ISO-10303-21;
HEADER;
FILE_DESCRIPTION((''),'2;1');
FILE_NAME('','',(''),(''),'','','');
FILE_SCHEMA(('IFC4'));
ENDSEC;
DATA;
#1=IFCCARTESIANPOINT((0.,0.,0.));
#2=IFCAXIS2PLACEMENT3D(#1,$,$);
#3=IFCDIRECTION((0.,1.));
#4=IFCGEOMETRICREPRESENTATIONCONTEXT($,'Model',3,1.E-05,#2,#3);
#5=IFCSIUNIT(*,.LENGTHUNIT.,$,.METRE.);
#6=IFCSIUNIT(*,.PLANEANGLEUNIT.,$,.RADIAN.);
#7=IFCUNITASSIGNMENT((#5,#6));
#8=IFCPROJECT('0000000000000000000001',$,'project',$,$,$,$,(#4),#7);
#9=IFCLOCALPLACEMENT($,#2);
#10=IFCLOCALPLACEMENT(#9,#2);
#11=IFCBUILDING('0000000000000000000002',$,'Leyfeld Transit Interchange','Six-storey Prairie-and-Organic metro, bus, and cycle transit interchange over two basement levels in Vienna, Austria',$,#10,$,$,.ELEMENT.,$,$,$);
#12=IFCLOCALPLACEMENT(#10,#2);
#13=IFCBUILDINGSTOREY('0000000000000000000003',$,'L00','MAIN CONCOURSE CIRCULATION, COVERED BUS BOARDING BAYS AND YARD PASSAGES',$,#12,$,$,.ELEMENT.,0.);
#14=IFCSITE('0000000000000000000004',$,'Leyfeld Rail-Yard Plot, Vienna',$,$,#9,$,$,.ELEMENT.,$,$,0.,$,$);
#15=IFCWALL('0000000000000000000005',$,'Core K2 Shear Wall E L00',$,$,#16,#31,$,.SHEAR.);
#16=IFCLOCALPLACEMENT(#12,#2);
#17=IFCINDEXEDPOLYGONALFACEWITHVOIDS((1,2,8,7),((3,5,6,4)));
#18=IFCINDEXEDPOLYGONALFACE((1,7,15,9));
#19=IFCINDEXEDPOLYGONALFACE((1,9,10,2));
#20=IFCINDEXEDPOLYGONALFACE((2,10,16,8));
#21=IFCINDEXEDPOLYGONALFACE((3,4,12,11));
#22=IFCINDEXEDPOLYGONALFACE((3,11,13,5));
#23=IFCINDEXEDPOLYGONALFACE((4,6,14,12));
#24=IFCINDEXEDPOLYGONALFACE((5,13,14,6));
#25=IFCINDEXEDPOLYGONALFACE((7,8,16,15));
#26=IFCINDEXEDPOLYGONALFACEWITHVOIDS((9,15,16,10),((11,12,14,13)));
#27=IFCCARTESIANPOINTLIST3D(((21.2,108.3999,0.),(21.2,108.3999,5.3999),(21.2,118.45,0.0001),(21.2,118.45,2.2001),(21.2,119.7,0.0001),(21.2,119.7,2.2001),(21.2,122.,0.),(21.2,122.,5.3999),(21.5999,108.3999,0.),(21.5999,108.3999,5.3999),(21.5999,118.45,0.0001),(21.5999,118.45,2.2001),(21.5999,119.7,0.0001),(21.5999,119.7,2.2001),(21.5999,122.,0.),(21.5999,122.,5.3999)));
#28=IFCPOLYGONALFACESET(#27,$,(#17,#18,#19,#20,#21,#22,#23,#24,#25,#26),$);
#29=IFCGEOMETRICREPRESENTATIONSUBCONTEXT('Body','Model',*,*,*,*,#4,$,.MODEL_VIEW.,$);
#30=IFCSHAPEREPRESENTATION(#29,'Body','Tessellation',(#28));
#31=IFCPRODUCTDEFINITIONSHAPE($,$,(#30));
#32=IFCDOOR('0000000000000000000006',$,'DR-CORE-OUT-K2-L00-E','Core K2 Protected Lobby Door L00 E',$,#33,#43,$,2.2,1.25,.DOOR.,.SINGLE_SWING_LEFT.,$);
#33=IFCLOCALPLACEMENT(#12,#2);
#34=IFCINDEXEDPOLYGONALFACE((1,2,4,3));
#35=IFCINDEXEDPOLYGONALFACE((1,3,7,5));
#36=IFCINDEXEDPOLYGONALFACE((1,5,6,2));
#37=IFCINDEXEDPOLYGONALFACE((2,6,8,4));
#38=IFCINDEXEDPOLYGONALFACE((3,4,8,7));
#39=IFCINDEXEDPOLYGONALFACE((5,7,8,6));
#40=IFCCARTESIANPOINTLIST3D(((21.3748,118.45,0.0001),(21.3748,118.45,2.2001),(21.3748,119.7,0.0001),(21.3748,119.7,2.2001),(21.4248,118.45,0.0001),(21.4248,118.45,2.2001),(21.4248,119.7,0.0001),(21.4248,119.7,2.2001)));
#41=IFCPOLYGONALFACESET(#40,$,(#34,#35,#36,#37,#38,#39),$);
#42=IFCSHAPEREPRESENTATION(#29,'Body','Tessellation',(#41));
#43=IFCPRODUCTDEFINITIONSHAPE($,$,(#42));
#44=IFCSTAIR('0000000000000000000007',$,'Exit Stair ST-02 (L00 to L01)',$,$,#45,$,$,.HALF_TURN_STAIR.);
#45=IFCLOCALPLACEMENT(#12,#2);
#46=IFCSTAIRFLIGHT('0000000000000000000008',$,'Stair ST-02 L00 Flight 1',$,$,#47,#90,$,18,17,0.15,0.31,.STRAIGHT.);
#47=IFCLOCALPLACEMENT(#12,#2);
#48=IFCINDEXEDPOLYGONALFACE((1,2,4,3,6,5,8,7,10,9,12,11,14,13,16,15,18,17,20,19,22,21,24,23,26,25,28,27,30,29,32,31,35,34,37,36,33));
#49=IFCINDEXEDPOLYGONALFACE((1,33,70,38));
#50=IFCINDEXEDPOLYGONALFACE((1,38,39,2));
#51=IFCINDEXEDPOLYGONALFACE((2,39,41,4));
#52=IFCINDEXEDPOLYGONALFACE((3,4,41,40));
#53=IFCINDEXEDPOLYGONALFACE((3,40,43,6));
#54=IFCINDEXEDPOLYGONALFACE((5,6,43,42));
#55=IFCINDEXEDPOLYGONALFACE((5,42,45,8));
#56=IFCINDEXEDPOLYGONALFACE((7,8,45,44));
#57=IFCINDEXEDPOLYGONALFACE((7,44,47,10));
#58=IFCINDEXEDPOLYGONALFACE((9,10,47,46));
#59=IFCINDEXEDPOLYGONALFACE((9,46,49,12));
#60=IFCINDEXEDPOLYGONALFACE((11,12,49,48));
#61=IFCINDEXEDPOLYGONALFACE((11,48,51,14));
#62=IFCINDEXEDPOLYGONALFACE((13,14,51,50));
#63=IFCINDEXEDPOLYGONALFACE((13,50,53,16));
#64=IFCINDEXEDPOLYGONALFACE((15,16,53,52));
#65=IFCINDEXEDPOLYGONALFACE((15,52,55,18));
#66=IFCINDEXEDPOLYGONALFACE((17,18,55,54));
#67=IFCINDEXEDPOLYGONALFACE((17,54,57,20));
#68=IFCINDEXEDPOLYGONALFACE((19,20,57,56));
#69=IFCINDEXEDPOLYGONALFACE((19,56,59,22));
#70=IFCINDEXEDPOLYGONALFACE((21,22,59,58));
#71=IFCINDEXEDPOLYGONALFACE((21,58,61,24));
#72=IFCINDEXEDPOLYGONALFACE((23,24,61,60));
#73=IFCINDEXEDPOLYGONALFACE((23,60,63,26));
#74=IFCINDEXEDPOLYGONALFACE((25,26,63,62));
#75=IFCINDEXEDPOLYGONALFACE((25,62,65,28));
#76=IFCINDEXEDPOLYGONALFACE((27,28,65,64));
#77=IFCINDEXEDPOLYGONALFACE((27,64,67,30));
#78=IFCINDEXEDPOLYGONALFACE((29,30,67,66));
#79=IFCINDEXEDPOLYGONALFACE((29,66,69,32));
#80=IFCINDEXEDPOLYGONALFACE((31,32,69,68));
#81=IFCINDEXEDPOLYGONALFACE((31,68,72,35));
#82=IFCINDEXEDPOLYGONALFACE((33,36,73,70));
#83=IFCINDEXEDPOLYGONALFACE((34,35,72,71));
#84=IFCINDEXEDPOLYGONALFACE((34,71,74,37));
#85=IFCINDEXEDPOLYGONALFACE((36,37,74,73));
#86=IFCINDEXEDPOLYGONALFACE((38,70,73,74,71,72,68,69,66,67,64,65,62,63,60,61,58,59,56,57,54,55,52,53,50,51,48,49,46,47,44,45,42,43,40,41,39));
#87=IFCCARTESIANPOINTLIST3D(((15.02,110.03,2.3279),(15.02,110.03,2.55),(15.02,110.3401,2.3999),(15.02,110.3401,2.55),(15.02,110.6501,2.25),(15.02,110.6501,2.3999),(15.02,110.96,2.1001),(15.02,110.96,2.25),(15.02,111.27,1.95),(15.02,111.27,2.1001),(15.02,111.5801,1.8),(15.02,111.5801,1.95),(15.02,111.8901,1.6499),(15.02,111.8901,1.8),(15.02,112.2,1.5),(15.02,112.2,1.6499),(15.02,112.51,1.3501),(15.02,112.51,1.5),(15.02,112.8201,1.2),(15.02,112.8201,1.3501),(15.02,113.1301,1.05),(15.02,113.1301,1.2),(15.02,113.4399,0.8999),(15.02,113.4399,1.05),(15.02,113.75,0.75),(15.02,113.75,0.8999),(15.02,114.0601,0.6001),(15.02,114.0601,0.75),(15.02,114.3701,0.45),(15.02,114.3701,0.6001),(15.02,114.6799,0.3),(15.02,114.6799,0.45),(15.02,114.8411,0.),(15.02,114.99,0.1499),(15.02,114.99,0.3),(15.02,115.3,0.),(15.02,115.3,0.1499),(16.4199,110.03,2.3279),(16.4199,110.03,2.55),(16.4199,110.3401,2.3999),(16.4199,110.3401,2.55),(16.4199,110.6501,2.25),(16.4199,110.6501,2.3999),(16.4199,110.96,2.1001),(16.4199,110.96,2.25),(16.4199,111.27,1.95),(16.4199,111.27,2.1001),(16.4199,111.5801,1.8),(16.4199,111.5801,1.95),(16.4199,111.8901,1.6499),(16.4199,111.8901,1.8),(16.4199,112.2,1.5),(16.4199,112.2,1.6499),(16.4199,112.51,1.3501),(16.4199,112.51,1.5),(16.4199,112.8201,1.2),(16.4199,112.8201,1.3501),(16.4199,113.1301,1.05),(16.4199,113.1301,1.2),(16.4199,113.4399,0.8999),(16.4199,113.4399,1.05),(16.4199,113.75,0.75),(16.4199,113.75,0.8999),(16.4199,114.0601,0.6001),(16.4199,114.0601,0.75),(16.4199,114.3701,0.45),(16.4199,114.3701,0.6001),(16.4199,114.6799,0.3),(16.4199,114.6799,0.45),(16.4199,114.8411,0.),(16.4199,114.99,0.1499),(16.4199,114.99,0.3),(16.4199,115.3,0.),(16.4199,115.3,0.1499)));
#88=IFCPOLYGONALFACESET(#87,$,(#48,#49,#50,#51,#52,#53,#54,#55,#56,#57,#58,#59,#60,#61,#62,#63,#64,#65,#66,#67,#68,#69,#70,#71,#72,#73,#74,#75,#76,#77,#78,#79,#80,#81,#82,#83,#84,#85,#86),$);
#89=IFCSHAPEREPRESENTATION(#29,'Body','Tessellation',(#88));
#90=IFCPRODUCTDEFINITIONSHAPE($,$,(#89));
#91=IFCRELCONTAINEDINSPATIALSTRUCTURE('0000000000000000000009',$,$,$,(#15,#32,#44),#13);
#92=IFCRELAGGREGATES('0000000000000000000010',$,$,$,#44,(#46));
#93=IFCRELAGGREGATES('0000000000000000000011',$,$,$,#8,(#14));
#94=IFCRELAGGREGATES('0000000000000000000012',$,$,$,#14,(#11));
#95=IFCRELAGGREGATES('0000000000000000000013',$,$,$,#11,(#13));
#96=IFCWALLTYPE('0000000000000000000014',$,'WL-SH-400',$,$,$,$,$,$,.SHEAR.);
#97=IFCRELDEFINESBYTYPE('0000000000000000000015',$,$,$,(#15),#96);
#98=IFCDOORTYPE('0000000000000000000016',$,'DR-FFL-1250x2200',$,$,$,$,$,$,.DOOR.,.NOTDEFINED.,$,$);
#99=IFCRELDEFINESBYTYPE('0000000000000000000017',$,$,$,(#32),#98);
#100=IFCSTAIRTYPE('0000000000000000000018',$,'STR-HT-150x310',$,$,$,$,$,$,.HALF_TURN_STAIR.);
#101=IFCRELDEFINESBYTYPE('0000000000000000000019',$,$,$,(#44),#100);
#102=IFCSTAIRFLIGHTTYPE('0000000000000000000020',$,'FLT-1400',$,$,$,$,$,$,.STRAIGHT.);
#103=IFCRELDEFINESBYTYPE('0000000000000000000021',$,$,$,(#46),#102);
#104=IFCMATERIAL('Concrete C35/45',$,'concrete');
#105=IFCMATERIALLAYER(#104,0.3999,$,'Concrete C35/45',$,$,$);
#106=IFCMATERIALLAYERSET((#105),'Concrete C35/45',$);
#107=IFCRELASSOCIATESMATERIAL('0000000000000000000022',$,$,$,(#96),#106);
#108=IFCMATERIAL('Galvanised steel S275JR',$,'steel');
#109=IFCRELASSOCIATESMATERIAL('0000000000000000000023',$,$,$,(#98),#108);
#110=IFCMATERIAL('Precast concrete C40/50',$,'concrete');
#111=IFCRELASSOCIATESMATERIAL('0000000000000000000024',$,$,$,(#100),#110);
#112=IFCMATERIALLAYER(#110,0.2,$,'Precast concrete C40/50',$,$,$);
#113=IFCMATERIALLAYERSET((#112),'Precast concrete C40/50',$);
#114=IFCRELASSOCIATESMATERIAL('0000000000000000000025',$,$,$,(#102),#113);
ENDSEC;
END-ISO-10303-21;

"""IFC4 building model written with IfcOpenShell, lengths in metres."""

from ifc_helpers import new_model, si_unit, direction, frame, frame_2d, origin, place, context, subcontext, project, spatial, polyline, rectangle, outline, extrude, material, layer, layer_set, type_object, element, fill, aggregate, save


model = new_model("IFC4")

# Units and contexts
model_context = context("Model", 3, precision=1e-05, world=origin(), true_north=direction((0.0, 1.0)))
body_context = subcontext(model_context, "Body", "Model", "MODEL_VIEW")
ifc_project = project(units=[si_unit("LENGTHUNIT", "METRE"), si_unit("PLANEANGLEUNIT", "RADIAN")], contexts=[model_context])

# Site, building, storey
site_placement = place(None, origin())
site = spatial("IfcSite", under=ifc_project, at=site_placement, Name="Leyfeld Rail-Yard Plot, Vienna", CompositionType="ELEMENT", RefElevation=0.0)
building_placement = place(site_placement, origin())
building = spatial("IfcBuilding", under=site, at=building_placement, Name="Leyfeld Transit Interchange", Description="Six-storey Prairie-and-Organic metro, bus, and cycle transit interchange over two basement levels in Vienna, Austria", CompositionType="ELEMENT")
storey_placement = place(building_placement, origin())
storey = spatial("IfcBuildingStorey", under=building, at=storey_placement, Name="L00", Description="MAIN CONCOURSE CIRCULATION, COVERED BUS BOARDING BAYS AND YARD PASSAGES", CompositionType="ELEMENT", Elevation=0.0)

# Shared definitions
ifc_material_1 = material(Name="Concrete C35/45", Category="concrete")

# Shared definitions
ifc_material_2 = material(Name="Galvanised steel S275JR", Category="steel")

# Wall, opening, door
ifc_layer_1 = layer(ifc_material_1, 0.3999, Name="Concrete C35/45")
ifc_layer_set_1 = layer_set([ifc_layer_1], Name="Concrete C35/45")
wall_type_1 = type_object("IfcWallType", Name="WL-SH-400", PredefinedType="SHEAR", material=ifc_layer_set_1)
wall_1_placement = place(storey_placement, frame((21.3999, 122.0, 0.0), z_axis=(0.0, 0.0, 1.0), x_axis=(0.0, -1.0, 0.0)))
wall_1 = element("IfcWall", 1, at=wall_1_placement, inside=storey, type_object=wall_type_1, Name="Core K2 Shear Wall E L00", PredefinedType="SHEAR", context=body_context, shape_type="SweptSolid", body=[
    extrude(rectangle(XDim=13.6001, YDim=0.3999, at=frame_2d((6.8, 0.0))), origin(), (0.0, 0.0, 1.0), 5.3999),
])
opening_1_placement = place(wall_1_placement, frame((2.3, 0.0, 0.0)))
opening_1 = element("IfcOpeningElement", 2, at=opening_1_placement, cuts=wall_1, PredefinedType="OPENING", context=body_context, shape_type="SweptSolid", body=[
    extrude(rectangle(XDim=1.25, YDim=2.2, at=frame_2d((0.625, 1.1001))), frame((0.0, 0.21, 0.0), z_axis=(0.0, -1.0, 0.0), x_axis=(1.0, 0.0, 0.0)), (0.0, 0.0, 1.0), 0.4199),
])
door_type_1 = type_object("IfcDoorType", Name="DR-FFL-1250x2200", OperationType="NOTDEFINED", PredefinedType="DOOR", material=ifc_material_2)
door_1_placement = place(opening_1_placement, origin())
door_1 = element("IfcDoor", 3, at=door_1_placement, inside=storey, type_object=door_type_1, Name="DR-CORE-OUT-K2-L00-E", Description="Core K2 Protected Lobby Door L00 E", OperationType="SINGLE_SWING_LEFT", OverallHeight=2.2, OverallWidth=1.25, PredefinedType="DOOR", context=body_context, shape_type="SweptSolid", body=[
    extrude(rectangle(XDim=1.25, YDim=2.2, at=frame_2d((0.625, 1.1001))), frame((0.0, 0.0249, 0.0), z_axis=(0.0, -1.0, 0.0), x_axis=(1.0, 0.0, 0.0)), (0.0, 0.0, 1.0), 0.05),
])
fill(opening_1, door_1)

# Stair, stair flight
ifc_material_3 = material(Name="Precast concrete C40/50", Category="concrete")
stair_type = type_object("IfcStairType", Name="STR-HT-150x310", PredefinedType="HALF_TURN_STAIR", material=ifc_material_3)
stair_placement = place(storey_placement, origin())
stair = element("IfcStair", 4, at=stair_placement, inside=storey, type_object=stair_type, Name="Exit Stair ST-02 (L00 to L01)", PredefinedType="HALF_TURN_STAIR")
ifc_layer_2 = layer(ifc_material_3, 0.2, Name="Precast concrete C40/50")
ifc_layer_set_2 = layer_set([ifc_layer_2], Name="Precast concrete C40/50")
stair_flight_type = type_object("IfcStairFlightType", Name="FLT-1400", PredefinedType="STRAIGHT", material=ifc_layer_set_2)
stair_flight_placement = place(storey_placement, frame((15.72, 115.3, 0.0), z_axis=(0.0, 0.0, 1.0), x_axis=(0.0, -1.0, 0.0)))
stair_flight = element("IfcStairFlight", 5, at=stair_flight_placement, type_object=stair_flight_type, Name="Stair ST-02 L00 Flight 1", NumberOfRisers=18, NumberOfTreads=17, PredefinedType="STRAIGHT", RiserHeight=0.15, TreadLength=0.31, context=body_context, shape_type="SweptSolid", body=[
    extrude(outline(polyline([(0.0, 0.0), (0.0, 0.1499), (0.3101, 0.1499), (0.3101, 0.3), (0.6201, 0.3), (0.6201, 0.45), (0.9299, 0.45), (0.9299, 0.6001), (1.24, 0.6001), (1.24, 0.75), (1.55, 0.75), (1.55, 0.8999), (1.8601, 0.8999), (1.8601, 1.05), (2.1699, 1.05), (2.1699, 1.2), (2.48, 1.2), (2.48, 1.3501), (2.79, 1.3501), (2.79, 1.5), (3.1001, 1.5), (3.1001, 1.6499), (3.4099, 1.6499), (3.4099, 1.8), (3.72, 1.8), (3.72, 1.95), (4.03, 1.95), (4.03, 2.1001), (4.3401, 2.1001), (4.3401, 2.25), (4.6499, 2.25), (4.6499, 2.3999), (4.96, 2.3999), (4.96, 2.55), (5.27, 2.55), (5.27, 2.7), (5.27, 2.3279), (0.459, 0.0), (0.0, 0.0)])), frame((0.0, 0.7, 0.0), z_axis=(0.0, -1.0, 0.0), x_axis=(1.0, 0.0, 0.0)), (0.0, 0.0, 1.0), 1.3999),
])
aggregate(stair, [stair_flight])

save(model, "model.ifc")
